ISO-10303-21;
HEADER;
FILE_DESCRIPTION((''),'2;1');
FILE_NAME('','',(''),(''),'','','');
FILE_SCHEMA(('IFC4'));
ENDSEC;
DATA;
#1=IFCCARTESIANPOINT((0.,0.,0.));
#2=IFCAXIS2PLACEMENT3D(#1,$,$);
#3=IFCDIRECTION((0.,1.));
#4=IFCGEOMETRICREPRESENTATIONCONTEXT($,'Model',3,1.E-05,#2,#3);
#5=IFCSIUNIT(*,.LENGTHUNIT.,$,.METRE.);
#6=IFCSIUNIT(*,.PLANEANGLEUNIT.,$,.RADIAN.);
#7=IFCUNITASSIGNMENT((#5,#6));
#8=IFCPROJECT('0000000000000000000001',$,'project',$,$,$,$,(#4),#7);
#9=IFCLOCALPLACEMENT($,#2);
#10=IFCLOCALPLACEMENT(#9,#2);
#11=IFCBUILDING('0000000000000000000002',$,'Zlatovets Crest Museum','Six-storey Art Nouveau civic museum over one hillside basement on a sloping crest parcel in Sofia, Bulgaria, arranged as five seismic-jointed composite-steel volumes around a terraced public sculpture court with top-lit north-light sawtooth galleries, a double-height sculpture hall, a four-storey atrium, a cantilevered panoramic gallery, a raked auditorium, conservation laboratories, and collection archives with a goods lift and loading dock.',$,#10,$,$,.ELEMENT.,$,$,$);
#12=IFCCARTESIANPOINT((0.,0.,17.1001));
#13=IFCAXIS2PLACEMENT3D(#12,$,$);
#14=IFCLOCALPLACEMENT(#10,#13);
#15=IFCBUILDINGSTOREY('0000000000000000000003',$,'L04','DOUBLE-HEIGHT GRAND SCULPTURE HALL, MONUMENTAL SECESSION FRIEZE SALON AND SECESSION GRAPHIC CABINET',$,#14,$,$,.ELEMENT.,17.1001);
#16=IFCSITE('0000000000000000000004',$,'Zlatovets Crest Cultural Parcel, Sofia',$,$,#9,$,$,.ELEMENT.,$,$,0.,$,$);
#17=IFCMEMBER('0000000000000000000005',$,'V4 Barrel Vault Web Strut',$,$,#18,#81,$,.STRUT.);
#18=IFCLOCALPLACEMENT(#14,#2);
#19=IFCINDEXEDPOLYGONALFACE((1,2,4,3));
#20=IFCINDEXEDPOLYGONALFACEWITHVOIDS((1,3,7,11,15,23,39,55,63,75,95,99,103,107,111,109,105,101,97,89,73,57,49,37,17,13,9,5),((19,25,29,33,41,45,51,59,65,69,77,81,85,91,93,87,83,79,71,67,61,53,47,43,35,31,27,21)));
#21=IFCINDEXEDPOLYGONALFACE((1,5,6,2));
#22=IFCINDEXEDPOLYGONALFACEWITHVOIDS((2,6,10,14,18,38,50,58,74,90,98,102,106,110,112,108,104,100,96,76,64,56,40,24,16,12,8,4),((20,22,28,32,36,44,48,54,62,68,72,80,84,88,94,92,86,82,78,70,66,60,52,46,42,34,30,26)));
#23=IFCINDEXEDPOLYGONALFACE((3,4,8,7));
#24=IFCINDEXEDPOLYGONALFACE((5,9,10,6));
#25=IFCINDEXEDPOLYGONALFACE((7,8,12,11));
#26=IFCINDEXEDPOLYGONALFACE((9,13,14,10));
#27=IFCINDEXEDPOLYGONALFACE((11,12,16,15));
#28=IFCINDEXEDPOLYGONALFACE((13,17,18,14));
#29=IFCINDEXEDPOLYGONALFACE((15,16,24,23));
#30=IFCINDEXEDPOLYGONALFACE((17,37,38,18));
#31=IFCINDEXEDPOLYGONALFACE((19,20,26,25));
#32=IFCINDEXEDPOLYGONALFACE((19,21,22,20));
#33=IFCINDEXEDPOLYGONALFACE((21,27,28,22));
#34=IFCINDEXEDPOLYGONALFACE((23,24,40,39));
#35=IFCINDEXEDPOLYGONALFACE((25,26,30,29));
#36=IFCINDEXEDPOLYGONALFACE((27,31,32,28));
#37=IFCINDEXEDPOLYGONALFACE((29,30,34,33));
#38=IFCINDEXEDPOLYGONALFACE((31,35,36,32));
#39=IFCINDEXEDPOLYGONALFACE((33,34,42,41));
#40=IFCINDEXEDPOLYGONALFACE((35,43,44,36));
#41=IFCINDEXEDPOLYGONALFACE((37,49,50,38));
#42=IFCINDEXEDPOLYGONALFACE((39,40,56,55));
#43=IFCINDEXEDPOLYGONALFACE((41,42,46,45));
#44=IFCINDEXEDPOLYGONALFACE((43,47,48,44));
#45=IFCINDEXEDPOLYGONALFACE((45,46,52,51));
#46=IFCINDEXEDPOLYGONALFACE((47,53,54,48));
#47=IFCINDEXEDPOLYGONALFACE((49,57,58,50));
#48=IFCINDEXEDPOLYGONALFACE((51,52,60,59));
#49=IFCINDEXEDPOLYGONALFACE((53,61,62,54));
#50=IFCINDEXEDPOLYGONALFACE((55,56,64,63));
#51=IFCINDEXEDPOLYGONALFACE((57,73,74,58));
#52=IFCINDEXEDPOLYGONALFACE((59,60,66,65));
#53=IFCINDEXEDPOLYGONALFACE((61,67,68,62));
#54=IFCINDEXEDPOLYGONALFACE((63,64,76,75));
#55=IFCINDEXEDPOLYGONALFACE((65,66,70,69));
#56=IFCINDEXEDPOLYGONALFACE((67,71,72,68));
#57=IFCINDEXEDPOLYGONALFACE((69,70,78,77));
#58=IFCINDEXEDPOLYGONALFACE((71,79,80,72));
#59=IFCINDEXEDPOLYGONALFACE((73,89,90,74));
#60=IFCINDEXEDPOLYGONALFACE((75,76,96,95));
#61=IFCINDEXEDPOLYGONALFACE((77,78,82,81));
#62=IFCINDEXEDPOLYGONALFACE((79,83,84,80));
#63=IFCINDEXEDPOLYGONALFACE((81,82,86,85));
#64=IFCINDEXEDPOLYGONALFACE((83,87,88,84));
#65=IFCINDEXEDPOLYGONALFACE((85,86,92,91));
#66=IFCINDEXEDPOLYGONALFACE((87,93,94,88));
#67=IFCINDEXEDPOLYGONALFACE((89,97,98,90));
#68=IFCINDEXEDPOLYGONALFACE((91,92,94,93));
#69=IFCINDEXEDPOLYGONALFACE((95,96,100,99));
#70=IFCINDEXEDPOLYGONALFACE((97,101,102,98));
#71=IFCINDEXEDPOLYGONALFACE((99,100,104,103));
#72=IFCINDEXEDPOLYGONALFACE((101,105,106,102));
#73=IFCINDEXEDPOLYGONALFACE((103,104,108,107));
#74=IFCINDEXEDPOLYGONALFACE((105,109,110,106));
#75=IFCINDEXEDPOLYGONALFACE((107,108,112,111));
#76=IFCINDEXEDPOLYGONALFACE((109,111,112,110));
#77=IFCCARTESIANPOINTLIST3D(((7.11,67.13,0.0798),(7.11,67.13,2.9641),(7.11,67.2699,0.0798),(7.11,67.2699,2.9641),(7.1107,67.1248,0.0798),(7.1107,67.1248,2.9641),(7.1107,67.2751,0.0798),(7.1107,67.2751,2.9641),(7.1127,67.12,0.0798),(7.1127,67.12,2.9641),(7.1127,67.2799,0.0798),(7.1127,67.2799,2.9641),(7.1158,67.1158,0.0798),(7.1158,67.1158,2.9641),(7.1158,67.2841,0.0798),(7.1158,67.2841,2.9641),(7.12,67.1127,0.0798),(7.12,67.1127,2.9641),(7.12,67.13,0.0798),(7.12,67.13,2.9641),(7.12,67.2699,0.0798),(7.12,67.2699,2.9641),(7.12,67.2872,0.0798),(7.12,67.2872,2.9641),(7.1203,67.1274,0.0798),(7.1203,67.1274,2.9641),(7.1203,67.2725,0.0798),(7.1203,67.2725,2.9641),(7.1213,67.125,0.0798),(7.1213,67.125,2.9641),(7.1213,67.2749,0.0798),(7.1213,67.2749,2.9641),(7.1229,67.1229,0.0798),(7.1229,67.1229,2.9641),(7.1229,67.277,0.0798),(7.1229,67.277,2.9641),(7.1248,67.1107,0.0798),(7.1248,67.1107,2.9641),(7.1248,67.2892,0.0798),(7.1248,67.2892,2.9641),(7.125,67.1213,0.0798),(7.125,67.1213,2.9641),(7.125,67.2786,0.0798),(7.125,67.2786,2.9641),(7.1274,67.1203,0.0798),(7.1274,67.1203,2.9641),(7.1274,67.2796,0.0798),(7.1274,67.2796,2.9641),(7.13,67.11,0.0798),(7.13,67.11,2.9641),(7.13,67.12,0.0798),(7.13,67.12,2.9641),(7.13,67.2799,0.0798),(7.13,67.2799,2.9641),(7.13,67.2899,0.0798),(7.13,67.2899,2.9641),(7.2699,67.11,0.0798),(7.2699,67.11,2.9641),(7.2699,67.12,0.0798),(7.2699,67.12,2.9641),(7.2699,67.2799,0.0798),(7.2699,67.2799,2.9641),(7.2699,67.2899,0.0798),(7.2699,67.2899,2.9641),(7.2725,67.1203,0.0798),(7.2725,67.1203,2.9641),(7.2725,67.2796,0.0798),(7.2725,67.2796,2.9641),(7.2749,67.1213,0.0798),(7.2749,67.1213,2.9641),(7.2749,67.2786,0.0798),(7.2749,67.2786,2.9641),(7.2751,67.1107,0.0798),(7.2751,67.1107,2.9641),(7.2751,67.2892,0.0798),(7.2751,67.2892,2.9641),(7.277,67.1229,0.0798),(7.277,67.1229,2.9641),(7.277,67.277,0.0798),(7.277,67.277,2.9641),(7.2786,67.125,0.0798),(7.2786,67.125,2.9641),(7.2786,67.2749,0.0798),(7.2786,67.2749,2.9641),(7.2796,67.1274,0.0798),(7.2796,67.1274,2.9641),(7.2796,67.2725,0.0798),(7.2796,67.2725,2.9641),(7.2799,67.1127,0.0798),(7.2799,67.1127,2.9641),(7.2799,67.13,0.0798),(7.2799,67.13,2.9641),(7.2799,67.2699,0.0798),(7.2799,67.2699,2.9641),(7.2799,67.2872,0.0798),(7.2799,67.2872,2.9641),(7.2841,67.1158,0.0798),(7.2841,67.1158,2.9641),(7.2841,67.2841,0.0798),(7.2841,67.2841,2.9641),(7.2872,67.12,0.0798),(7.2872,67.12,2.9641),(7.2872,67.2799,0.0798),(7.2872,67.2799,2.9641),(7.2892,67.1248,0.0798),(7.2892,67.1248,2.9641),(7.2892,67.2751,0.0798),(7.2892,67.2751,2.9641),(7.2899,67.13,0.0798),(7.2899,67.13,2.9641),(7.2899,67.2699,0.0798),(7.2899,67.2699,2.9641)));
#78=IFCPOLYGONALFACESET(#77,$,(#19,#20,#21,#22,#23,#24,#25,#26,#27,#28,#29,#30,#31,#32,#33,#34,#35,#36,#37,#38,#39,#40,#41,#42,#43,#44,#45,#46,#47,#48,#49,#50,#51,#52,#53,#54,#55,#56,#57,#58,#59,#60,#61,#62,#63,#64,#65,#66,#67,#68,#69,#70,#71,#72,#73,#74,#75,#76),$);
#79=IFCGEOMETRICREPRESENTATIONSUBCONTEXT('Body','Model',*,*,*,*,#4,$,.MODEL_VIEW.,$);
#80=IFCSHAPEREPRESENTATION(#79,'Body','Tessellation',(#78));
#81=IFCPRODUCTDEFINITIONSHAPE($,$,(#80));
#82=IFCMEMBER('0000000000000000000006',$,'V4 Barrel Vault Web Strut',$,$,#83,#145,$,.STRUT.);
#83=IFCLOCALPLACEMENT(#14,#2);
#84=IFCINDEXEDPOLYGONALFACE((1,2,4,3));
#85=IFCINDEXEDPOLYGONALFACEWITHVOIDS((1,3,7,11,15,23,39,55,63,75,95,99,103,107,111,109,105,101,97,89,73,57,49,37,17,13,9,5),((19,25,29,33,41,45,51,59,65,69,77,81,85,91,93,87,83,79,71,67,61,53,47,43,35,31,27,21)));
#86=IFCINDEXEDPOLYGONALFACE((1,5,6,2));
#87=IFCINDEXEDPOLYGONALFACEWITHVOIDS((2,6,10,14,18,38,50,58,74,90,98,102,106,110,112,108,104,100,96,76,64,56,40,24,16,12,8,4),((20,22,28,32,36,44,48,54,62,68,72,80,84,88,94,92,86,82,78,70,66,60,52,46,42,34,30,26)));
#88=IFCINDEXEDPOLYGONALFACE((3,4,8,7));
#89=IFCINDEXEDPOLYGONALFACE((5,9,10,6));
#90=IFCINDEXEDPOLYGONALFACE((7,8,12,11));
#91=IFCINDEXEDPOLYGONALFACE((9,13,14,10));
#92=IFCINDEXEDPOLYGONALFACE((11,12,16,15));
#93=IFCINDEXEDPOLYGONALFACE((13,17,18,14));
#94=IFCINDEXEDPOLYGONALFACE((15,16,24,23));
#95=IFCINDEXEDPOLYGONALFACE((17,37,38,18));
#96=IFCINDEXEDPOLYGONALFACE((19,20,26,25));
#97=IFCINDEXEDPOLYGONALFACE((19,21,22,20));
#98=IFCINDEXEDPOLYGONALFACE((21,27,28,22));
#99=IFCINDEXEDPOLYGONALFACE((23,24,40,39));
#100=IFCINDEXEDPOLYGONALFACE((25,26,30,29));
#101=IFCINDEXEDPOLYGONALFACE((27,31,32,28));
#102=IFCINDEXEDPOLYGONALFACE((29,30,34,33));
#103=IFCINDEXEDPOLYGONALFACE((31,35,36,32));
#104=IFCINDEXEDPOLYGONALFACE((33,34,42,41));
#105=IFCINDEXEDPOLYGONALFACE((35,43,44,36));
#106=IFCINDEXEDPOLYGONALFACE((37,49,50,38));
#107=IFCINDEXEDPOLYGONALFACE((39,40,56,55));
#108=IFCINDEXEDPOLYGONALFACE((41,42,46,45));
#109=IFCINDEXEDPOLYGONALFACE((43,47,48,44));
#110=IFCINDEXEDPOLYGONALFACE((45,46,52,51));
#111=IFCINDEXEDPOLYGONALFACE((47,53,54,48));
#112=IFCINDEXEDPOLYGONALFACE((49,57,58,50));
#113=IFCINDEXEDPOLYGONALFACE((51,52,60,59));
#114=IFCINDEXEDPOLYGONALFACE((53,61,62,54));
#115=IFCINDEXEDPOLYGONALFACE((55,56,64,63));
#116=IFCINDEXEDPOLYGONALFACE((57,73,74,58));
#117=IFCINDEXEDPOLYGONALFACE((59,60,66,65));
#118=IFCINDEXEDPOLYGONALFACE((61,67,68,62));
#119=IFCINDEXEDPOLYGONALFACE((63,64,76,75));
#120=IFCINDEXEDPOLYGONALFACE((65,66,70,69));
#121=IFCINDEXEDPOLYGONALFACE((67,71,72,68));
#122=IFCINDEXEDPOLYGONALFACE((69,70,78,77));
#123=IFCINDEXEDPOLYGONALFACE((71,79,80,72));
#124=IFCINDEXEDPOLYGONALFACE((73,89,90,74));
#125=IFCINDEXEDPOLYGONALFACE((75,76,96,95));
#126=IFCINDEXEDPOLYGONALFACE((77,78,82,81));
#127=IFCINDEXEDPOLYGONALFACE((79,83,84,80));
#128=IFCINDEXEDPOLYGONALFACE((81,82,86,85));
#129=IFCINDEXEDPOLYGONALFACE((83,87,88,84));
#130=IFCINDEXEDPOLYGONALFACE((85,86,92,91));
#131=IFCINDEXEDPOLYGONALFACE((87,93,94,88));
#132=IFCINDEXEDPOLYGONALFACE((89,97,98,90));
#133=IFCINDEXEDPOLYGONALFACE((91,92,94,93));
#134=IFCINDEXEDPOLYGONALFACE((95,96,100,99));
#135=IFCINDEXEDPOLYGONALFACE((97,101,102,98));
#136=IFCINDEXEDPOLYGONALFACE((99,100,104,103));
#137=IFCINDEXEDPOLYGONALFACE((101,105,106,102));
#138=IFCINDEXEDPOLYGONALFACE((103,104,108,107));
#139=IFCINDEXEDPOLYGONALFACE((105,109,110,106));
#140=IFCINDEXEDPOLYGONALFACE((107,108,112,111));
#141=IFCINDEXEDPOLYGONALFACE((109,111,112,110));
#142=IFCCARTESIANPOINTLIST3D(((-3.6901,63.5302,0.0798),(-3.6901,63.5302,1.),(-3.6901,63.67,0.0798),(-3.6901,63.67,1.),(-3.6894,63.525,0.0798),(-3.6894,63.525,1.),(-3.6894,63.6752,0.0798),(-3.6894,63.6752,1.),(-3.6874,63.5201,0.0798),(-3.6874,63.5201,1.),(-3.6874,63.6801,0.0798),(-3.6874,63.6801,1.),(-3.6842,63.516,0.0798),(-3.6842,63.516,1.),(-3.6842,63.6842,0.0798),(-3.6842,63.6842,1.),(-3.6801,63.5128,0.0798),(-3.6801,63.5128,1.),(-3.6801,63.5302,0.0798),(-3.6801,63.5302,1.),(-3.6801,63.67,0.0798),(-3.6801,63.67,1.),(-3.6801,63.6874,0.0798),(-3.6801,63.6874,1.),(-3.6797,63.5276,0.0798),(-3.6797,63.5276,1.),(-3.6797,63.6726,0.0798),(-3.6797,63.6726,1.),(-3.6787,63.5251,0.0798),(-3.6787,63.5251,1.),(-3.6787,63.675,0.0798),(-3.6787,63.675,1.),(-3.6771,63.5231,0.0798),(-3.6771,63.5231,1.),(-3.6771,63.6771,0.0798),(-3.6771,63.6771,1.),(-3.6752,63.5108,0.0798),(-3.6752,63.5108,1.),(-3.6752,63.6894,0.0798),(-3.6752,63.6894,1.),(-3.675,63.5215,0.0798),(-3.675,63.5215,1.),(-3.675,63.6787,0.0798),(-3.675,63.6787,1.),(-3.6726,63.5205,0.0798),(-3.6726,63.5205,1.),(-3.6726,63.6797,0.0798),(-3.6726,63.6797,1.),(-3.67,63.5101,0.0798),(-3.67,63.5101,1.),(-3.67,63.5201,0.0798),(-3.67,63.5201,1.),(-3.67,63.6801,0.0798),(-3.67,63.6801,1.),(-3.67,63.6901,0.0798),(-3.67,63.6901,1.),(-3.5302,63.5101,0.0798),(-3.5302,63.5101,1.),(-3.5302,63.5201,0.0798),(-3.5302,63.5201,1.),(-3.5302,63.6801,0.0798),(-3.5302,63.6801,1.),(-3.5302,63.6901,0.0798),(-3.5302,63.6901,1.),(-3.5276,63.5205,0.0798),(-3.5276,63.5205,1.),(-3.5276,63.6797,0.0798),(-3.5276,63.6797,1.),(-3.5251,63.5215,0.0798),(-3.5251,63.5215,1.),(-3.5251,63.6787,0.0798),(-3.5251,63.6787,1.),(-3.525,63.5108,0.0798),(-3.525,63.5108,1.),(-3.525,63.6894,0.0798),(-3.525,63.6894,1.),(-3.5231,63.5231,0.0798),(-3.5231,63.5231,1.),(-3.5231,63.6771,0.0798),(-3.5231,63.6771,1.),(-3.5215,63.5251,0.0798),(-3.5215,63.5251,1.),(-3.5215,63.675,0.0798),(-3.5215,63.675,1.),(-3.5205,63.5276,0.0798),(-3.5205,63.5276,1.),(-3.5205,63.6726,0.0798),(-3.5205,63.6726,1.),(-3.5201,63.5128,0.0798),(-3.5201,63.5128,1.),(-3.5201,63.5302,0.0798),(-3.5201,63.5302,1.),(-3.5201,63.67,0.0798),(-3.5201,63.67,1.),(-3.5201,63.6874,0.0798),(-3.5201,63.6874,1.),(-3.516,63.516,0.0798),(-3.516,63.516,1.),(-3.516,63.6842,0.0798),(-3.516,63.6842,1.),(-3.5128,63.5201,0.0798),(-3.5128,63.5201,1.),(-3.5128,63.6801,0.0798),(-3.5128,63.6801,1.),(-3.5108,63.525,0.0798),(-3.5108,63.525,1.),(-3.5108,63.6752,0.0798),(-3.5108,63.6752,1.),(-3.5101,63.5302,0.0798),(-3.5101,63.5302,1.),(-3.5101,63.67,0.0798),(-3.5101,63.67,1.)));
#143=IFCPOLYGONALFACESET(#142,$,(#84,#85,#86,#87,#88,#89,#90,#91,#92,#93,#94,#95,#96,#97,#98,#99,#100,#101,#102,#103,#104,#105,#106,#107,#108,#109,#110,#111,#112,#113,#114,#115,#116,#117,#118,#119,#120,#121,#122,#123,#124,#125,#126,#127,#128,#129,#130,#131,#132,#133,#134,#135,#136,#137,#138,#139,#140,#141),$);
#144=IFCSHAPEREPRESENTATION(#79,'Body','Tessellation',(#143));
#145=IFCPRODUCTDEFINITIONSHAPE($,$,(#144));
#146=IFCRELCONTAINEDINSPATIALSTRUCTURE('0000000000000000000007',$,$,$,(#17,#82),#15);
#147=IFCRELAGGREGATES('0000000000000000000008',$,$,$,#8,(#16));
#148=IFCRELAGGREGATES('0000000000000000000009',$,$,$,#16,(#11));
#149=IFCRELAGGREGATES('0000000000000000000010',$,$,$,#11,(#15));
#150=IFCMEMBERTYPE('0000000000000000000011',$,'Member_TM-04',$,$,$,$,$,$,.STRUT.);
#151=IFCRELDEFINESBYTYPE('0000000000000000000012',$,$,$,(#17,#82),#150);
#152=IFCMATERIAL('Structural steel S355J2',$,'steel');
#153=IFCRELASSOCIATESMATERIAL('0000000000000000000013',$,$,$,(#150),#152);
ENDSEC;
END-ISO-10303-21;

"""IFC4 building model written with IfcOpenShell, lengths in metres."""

from ifc_helpers import new_model, si_unit, direction, frame, origin, origin_2d, place, context, subcontext, project, spatial, hollow_rectangle, extrude, material, material_profile, profile_set, type_object, element, save


model = new_model("IFC4")

# Units and contexts
model_context = context("Model", 3, precision=1e-05, world=origin(), true_north=direction((0.0, 1.0)))
body_context = subcontext(model_context, "Body", "Model", "MODEL_VIEW")
ifc_project = project(units=[si_unit("LENGTHUNIT", "METRE"), si_unit("PLANEANGLEUNIT", "RADIAN")], contexts=[model_context])

# Site, building, storey
site_placement = place(None, origin())
site = spatial("IfcSite", under=ifc_project, at=site_placement, Name="Zlatovets Crest Cultural Parcel, Sofia", CompositionType="ELEMENT", RefElevation=0.0)
building_placement = place(site_placement, origin())
building = spatial("IfcBuilding", under=site, at=building_placement, Name="Zlatovets Crest Museum", Description="Six-storey Art Nouveau civic museum over one hillside basement on a sloping crest parcel in Sofia, Bulgaria, arranged as five seismic-jointed composite-steel volumes around a terraced public sculpture court with top-lit north-light sawtooth galleries, a double-height sculpture hall, a four-storey atrium, a cantilevered panoramic gallery, a raked auditorium, conservation laboratories, and collection archives with a goods lift and loading dock.", CompositionType="ELEMENT")
storey_placement = place(building_placement, frame((0.0, 0.0, 17.1001)))
storey = spatial("IfcBuildingStorey", under=building, at=storey_placement, Name="L04", Description="DOUBLE-HEIGHT GRAND SCULPTURE HALL, MONUMENTAL SECESSION FRIEZE SALON AND SECESSION GRAPHIC CABINET", CompositionType="ELEMENT", Elevation=17.1001)

# Shared definitions
ifc_material_1 = material(Name="Structural steel S355J2", Category="steel")

# Members
ifc_material_profile_1 = material_profile(ifc_material_1, hollow_rectangle(XDim=0.1799, YDim=0.1799, WallThickness=0.01, InnerFilletRadius=0.01, OuterFilletRadius=0.02, at=origin_2d()), Name="SHS 180x180x10.0")
ifc_profile_set_1 = profile_set([ifc_material_profile_1], Name="Structural steel S355J2")
member_type_1 = type_object("IfcMemberType", Name="Member_TM-04", PredefinedType="STRUT", material=ifc_profile_set_1)
member_1_placement = place(storey_placement, frame((7.2, 67.2, 0.0798), z_axis=(0.0, 0.0, 1.0), x_axis=(1.0, 0.0, 0.0)))
element("IfcMember", 1, at=member_1_placement, inside=storey, type_object=member_type_1, Name="V4 Barrel Vault Web Strut", PredefinedType="STRUT", context=body_context, shape_type="SweptSolid", body=[
    extrude(hollow_rectangle(XDim=0.1799, YDim=0.1799, WallThickness=0.01, InnerFilletRadius=0.01, OuterFilletRadius=0.02, at=origin_2d()), origin(), (0.0, 0.0, 1.0), 2.8843),
])
member_2_placement = place(storey_placement, frame((-3.6001, 63.6001, 0.0798), z_axis=(0.0, 0.0, 1.0), x_axis=(1.0, 0.0, 0.0)))
element("IfcMember", 2, at=member_2_placement, inside=storey, type_object=member_type_1, Name="V4 Barrel Vault Web Strut", PredefinedType="STRUT", context=body_context, shape_type="SweptSolid", body=[
    extrude(hollow_rectangle(XDim=0.1799, YDim=0.1799, WallThickness=0.01, InnerFilletRadius=0.01, OuterFilletRadius=0.02, at=origin_2d()), origin(), (0.0, 0.0, 1.0), 0.9202),
])

save(model, "model.ifc")
